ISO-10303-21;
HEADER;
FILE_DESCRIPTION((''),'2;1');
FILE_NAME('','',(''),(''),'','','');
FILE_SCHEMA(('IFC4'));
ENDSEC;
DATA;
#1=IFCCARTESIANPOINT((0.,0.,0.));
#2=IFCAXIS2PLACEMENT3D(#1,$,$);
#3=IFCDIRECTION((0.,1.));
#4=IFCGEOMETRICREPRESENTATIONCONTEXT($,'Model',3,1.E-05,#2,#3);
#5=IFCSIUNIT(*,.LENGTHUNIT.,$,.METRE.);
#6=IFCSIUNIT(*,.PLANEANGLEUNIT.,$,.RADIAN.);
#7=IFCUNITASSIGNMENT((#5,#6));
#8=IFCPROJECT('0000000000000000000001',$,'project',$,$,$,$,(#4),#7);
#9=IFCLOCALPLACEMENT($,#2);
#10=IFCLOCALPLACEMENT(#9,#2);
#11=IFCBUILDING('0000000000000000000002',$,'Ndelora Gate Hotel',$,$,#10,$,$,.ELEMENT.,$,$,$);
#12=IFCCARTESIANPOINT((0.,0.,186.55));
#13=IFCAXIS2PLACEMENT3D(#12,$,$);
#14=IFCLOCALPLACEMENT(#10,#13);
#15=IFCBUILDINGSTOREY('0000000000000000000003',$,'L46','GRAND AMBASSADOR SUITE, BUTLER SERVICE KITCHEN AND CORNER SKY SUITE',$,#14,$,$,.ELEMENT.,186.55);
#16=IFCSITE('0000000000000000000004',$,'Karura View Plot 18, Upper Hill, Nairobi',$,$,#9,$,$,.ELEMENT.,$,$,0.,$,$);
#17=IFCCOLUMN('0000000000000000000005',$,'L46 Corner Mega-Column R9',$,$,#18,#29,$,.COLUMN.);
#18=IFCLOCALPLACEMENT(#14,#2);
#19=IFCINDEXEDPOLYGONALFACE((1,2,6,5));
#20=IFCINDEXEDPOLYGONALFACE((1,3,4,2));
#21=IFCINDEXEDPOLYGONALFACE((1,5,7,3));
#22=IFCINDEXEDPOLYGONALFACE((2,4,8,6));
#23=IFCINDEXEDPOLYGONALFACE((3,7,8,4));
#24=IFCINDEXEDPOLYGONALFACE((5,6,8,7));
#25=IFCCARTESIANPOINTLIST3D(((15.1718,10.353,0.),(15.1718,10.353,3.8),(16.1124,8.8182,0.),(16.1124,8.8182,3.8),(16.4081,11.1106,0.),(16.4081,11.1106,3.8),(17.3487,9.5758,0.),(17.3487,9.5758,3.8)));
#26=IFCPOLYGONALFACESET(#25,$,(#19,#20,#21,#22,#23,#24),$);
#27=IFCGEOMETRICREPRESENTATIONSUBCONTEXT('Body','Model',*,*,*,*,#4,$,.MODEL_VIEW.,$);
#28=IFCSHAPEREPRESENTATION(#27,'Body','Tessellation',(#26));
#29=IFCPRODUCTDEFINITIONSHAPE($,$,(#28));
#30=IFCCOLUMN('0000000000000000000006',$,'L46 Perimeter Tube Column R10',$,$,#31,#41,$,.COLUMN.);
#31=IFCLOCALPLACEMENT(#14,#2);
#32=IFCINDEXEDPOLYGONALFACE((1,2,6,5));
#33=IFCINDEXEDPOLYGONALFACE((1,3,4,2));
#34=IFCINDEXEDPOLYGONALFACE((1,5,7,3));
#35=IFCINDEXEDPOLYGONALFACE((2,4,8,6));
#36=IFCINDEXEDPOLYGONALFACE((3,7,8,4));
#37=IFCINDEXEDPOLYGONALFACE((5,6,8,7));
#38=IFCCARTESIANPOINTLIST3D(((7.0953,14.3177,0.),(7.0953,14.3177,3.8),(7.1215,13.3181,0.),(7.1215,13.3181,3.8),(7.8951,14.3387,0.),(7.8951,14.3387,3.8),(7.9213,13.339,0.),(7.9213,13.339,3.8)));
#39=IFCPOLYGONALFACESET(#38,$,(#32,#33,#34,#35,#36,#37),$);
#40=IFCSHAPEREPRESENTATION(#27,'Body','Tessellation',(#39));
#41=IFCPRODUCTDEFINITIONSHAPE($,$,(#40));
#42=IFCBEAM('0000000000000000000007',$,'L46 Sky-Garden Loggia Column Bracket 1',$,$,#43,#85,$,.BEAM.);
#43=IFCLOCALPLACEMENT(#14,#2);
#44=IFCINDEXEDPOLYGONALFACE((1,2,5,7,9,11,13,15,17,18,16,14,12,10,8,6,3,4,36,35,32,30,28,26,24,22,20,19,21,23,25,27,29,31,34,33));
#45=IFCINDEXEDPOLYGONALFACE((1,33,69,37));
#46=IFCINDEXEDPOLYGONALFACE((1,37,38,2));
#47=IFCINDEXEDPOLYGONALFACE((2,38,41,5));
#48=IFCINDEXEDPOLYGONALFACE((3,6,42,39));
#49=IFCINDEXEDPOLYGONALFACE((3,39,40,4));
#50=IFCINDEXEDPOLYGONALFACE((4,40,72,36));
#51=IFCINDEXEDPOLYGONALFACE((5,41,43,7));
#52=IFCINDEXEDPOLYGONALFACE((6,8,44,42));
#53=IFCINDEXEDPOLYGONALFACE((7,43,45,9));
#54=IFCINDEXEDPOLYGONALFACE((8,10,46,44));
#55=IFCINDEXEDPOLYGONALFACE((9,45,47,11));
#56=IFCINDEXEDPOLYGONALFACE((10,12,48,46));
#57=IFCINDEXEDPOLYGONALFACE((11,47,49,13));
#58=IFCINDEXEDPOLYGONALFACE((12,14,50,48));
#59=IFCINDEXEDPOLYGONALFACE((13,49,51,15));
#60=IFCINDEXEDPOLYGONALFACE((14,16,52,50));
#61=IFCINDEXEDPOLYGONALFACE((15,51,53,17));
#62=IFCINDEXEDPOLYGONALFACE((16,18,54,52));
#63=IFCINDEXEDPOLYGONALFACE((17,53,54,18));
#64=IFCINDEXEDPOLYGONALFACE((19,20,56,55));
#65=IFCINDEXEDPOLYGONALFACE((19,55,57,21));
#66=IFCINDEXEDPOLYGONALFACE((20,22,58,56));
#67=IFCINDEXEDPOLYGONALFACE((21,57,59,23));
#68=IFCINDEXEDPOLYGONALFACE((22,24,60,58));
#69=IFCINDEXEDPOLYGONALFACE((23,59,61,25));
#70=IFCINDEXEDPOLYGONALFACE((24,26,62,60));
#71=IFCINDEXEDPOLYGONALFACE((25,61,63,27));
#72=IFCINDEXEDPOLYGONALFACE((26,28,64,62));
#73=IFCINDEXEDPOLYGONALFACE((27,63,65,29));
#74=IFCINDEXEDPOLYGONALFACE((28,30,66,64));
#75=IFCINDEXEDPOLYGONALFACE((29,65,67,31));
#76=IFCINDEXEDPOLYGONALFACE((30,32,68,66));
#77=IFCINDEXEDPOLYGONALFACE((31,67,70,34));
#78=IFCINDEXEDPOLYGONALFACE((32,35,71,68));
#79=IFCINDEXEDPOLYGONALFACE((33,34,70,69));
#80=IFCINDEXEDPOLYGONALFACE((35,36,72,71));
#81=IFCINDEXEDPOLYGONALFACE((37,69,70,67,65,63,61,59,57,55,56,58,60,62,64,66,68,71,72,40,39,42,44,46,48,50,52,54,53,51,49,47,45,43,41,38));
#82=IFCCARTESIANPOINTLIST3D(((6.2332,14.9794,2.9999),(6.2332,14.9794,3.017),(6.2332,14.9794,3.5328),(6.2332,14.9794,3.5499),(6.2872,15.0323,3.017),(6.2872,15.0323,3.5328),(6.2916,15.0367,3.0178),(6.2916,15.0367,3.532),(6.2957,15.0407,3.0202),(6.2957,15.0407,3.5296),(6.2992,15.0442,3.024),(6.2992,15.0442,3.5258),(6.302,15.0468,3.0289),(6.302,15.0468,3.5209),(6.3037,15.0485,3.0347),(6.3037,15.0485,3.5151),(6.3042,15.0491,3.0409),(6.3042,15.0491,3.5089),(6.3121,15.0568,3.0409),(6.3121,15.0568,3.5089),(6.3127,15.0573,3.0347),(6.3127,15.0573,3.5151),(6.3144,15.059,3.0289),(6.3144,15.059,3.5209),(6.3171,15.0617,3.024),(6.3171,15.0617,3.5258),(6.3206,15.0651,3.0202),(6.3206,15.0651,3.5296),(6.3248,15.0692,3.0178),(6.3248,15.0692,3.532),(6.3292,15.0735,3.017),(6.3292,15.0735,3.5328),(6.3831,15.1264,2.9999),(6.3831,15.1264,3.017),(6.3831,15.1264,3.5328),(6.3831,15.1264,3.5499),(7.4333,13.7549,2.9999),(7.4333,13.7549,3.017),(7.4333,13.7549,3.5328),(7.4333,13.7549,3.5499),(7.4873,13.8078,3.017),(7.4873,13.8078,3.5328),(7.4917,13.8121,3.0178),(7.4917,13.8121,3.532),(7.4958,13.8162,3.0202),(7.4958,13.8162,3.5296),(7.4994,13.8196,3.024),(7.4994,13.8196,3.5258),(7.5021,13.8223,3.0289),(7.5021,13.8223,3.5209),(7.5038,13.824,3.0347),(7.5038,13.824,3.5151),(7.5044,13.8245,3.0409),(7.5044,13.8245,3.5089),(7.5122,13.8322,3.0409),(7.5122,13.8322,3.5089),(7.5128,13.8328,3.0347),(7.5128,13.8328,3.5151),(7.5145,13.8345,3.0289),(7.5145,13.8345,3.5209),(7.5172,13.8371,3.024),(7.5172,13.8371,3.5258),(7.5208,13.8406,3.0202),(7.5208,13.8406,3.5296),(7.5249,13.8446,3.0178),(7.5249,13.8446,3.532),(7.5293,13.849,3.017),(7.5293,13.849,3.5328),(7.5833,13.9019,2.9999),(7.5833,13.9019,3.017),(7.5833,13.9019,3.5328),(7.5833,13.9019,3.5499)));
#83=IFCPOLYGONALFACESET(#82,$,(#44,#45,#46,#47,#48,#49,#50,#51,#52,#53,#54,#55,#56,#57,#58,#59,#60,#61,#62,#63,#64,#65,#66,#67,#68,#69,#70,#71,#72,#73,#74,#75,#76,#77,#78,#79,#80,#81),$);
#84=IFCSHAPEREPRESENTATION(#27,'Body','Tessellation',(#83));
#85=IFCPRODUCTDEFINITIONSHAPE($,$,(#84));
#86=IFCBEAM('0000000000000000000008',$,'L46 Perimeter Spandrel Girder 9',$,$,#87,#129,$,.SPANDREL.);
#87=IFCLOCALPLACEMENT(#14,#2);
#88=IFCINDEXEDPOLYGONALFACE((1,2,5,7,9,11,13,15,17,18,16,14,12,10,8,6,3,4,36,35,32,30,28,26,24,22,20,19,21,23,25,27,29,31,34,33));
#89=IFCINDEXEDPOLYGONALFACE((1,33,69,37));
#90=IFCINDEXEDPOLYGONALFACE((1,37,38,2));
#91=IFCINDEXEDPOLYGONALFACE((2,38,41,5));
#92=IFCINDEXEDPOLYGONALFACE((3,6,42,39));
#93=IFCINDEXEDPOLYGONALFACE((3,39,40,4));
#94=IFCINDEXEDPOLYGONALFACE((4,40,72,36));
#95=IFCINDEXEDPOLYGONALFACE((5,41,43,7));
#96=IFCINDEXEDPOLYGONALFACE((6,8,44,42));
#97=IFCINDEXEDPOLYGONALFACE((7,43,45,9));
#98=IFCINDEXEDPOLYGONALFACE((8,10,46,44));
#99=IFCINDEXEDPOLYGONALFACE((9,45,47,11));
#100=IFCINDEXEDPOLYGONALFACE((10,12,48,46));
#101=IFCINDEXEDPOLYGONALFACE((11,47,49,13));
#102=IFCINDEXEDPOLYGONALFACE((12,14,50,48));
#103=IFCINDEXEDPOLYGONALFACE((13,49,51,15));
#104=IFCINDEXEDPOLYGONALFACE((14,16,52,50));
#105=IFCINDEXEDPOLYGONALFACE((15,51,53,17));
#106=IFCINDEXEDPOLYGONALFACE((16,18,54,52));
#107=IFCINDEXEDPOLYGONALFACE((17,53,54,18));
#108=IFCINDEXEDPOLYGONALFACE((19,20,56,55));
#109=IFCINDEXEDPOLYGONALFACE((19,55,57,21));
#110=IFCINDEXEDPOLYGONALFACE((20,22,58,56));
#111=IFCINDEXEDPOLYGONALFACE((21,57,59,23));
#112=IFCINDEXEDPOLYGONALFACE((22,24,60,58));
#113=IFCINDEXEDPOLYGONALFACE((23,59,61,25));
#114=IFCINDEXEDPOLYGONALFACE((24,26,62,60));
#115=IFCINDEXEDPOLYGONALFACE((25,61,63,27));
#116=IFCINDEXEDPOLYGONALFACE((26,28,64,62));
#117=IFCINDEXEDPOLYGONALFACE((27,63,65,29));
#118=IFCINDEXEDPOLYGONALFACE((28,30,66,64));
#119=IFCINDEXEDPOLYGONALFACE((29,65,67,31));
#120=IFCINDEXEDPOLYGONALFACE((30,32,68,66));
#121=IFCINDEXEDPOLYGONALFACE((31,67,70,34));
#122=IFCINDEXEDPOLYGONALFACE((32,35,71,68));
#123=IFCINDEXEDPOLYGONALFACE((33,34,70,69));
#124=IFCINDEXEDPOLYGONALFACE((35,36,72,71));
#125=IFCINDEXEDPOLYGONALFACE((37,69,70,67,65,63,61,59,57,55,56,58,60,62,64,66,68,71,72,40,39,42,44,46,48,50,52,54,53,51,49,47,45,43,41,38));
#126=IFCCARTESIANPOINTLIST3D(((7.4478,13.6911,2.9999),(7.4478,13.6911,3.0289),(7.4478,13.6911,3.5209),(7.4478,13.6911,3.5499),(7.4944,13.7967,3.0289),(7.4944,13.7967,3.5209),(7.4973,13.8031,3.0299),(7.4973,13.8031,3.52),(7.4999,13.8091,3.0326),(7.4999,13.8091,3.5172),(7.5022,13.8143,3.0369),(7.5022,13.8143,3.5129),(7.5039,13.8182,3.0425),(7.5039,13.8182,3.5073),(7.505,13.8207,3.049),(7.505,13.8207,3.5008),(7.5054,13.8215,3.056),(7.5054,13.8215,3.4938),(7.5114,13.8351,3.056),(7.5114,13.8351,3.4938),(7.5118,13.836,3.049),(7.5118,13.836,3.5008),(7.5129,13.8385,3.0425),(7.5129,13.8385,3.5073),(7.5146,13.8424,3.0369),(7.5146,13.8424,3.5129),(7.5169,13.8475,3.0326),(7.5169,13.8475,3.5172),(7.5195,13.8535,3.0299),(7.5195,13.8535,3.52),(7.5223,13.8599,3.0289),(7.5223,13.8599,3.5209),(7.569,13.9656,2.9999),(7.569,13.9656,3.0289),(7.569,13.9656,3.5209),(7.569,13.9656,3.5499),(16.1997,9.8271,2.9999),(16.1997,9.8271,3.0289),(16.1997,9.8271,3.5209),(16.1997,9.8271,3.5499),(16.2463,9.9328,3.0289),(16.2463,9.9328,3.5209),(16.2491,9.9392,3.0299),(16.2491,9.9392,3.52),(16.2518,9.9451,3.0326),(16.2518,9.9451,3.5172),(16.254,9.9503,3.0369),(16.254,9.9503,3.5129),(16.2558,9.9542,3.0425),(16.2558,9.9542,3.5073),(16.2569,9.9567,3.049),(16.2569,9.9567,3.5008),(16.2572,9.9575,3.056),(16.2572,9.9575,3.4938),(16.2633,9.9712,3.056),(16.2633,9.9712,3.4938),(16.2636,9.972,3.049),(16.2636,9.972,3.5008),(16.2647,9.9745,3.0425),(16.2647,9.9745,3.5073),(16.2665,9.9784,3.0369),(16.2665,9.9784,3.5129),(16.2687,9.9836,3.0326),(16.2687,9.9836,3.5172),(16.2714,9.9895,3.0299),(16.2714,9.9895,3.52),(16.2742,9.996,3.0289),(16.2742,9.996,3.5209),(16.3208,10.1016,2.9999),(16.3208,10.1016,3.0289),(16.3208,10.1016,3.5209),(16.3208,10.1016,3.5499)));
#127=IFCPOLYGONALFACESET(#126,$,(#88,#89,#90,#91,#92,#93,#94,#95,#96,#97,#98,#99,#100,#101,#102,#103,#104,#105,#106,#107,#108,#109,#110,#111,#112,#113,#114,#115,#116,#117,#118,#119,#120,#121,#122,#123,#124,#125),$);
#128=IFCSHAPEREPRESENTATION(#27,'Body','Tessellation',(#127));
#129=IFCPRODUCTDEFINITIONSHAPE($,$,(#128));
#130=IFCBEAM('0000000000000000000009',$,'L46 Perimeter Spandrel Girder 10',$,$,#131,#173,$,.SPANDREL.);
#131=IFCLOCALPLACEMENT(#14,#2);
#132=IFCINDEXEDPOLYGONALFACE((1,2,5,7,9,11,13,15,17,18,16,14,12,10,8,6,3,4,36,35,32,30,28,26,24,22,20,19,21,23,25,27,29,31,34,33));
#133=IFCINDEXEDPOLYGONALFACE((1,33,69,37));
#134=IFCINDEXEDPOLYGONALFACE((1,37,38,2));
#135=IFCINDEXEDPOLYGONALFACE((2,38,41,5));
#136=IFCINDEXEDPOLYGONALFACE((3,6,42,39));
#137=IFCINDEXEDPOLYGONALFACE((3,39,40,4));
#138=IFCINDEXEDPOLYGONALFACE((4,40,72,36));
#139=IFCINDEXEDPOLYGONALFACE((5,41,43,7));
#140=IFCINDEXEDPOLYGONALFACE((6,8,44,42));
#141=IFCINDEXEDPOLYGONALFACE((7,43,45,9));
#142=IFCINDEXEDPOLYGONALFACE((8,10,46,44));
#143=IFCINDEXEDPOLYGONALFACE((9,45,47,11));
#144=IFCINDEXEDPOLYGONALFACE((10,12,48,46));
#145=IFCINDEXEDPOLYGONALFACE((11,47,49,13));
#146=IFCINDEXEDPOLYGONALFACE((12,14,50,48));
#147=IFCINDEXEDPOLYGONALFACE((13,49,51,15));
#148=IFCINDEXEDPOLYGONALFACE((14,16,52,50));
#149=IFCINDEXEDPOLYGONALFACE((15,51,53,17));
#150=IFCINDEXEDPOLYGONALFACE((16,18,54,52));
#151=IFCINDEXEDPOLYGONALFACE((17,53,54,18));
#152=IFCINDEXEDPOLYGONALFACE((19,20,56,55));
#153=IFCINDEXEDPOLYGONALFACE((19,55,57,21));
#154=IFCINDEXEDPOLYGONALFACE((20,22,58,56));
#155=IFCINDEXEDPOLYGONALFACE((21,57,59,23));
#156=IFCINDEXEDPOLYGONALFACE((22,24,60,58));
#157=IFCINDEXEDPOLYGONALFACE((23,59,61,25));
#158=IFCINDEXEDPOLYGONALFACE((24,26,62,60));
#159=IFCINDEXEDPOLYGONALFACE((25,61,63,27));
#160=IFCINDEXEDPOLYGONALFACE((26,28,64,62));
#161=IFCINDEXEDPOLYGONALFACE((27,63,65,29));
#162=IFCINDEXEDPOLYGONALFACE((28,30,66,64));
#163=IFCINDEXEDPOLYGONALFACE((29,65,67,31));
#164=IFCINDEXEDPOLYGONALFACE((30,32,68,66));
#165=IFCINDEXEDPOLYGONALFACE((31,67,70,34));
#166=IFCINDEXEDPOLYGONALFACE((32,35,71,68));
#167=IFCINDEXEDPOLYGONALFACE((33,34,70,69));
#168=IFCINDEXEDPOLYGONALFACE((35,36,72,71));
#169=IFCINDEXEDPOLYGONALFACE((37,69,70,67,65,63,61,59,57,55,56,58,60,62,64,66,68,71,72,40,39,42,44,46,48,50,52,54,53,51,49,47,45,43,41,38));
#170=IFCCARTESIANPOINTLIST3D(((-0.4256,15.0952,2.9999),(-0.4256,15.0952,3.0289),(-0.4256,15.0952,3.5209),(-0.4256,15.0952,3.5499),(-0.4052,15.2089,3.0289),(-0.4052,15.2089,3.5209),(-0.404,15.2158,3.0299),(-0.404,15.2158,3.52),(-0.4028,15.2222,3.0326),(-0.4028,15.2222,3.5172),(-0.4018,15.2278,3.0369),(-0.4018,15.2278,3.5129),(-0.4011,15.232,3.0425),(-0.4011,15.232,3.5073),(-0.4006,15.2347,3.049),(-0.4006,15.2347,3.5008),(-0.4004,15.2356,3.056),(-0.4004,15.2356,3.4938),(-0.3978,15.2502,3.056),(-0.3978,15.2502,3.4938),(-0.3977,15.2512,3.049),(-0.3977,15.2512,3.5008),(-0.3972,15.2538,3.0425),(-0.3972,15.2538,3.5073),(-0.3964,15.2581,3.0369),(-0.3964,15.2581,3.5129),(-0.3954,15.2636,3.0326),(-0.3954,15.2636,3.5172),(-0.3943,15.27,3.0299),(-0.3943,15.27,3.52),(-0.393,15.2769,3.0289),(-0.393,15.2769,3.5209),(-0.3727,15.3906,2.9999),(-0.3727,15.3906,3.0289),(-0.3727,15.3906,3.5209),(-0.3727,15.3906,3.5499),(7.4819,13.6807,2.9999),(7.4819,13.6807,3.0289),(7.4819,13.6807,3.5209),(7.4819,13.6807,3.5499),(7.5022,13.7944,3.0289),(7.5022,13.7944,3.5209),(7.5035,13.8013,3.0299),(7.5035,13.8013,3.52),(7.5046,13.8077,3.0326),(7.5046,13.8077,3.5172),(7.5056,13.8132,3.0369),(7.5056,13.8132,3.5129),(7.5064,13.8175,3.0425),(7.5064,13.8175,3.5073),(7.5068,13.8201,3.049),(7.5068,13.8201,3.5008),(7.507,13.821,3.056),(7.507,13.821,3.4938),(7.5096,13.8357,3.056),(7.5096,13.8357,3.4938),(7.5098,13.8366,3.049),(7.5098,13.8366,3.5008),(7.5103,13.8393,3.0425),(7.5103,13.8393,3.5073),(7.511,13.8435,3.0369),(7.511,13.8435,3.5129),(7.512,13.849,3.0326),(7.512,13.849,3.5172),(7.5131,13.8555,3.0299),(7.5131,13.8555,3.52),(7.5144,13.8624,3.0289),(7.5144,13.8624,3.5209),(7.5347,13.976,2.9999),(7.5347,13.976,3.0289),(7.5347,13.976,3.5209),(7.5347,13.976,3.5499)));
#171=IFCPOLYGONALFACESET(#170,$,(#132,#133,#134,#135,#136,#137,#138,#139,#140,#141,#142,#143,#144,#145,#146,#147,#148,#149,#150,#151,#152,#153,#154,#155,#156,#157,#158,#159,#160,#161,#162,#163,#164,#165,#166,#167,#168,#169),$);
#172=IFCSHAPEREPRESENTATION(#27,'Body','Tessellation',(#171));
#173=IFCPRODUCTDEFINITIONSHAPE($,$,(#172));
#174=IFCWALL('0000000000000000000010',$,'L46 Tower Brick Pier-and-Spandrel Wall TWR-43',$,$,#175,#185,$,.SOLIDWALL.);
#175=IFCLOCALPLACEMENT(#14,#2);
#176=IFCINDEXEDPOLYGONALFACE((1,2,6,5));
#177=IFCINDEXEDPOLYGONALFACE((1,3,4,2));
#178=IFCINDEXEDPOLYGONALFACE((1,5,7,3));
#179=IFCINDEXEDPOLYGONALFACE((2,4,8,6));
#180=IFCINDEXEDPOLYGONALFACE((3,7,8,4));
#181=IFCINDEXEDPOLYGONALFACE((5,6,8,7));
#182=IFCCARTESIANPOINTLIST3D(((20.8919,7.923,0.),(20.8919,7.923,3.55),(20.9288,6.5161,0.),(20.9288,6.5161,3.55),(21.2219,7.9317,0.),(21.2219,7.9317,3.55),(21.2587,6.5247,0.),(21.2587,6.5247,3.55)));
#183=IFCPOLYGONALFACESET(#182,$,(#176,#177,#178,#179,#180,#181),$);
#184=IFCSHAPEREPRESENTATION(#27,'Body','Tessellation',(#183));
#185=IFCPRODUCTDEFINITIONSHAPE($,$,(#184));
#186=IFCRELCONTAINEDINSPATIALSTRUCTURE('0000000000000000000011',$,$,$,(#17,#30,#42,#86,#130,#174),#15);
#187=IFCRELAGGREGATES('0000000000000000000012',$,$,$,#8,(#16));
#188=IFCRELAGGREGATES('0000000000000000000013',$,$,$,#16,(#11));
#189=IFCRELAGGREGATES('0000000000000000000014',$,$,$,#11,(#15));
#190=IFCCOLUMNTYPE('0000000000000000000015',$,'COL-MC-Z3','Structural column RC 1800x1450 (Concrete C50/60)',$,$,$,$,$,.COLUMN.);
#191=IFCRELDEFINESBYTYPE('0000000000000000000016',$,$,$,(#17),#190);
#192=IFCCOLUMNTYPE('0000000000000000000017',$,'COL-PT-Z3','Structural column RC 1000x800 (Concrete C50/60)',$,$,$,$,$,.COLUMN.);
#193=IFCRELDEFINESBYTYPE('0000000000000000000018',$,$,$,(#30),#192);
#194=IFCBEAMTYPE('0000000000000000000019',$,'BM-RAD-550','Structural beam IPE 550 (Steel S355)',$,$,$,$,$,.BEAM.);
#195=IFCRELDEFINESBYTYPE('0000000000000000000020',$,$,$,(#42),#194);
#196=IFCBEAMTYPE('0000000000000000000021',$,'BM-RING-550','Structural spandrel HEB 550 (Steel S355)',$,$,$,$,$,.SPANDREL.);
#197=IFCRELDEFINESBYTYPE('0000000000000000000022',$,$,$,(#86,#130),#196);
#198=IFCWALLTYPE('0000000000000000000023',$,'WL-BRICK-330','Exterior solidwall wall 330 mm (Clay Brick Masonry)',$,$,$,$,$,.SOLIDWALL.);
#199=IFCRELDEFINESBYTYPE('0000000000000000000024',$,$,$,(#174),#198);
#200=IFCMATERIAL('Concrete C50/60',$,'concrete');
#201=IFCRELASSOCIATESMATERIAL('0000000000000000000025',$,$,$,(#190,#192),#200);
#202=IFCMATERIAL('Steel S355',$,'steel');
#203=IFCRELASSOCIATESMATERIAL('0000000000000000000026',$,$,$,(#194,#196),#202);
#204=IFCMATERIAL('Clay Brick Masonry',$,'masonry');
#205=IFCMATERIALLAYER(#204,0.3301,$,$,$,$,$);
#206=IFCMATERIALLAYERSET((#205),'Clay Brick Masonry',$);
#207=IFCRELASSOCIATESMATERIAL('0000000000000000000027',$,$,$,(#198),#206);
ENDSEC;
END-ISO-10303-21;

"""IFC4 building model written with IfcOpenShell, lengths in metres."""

from ifc_helpers import new_model, si_unit, direction, frame, frame_2d, origin, origin_2d, place, context, subcontext, project, spatial, rectangle, i_section, extrude, material, layer, layer_set, material_profile, profile_set, type_object, element, save


model = new_model("IFC4")

# Units and contexts
model_context = context("Model", 3, precision=1e-05, world=origin(), true_north=direction((0.0, 1.0)))
body_context = subcontext(model_context, "Body", "Model", "MODEL_VIEW")
ifc_project = project(units=[si_unit("LENGTHUNIT", "METRE"), si_unit("PLANEANGLEUNIT", "RADIAN")], contexts=[model_context])

# Site, building, storey
site_placement = place(None, origin())
site = spatial("IfcSite", under=ifc_project, at=site_placement, Name="Karura View Plot 18, Upper Hill, Nairobi", CompositionType="ELEMENT", RefElevation=0.0)
building_placement = place(site_placement, origin())
building = spatial("IfcBuilding", under=site, at=building_placement, Name="Ndelora Gate Hotel", CompositionType="ELEMENT")
storey_placement = place(building_placement, frame((0.0, 0.0, 186.55)))
storey = spatial("IfcBuildingStorey", under=building, at=storey_placement, Name="L46", Description="GRAND AMBASSADOR SUITE, BUTLER SERVICE KITCHEN AND CORNER SKY SUITE", CompositionType="ELEMENT", Elevation=186.55)

# Columns
ifc_material_1 = material(Name="Concrete C50/60", Category="concrete")
ifc_material_profile_1 = material_profile(ifc_material_1, rectangle(XDim=1.45, YDim=1.8, at=origin_2d()), Name="RC 1800x1450")
ifc_profile_set_1 = profile_set([ifc_material_profile_1], Name="Concrete C50/60")
column_type_1 = type_object("IfcColumnType", Name="COL-MC-Z3", Description="Structural column RC 1800x1450 (Concrete C50/60)", PredefinedType="COLUMN", material=ifc_profile_set_1)
column_1_placement = place(storey_placement, frame((16.2603, 9.9644, 0.0), z_axis=(0.0, 0.0, 1.0), x_axis=(0.85264, 0.522499, 0.0)))
element("IfcColumn", 1, at=column_1_placement, inside=storey, type_object=column_type_1, Name="L46 Corner Mega-Column R9", PredefinedType="COLUMN", context=body_context, shape_type="SweptSolid", body=[
    extrude(rectangle(XDim=1.45, YDim=1.8, at=origin_2d()), origin(), (0.0, 0.0, 1.0), 3.8),
])
ifc_material_profile_2 = material_profile(ifc_material_1, rectangle(XDim=0.8, YDim=1.0, at=origin_2d()), Name="RC 1000x800")
ifc_profile_set_2 = profile_set([ifc_material_profile_2], Name="Concrete C50/60")
column_type_2 = type_object("IfcColumnType", Name="COL-PT-Z3", Description="Structural column RC 1000x800 (Concrete C50/60)", PredefinedType="COLUMN", material=ifc_profile_set_2)
column_2_placement = place(storey_placement, frame((7.5083, 13.8284, 0.0), z_axis=(0.0, 0.0, 1.0), x_axis=(0.999657, 0.026177, 0.0)))
element("IfcColumn", 2, at=column_2_placement, inside=storey, type_object=column_type_2, Name="L46 Perimeter Tube Column R10", PredefinedType="COLUMN", context=body_context, shape_type="SweptSolid", body=[
    extrude(rectangle(XDim=0.8, YDim=1.0, at=origin_2d()), origin(), (0.0, 0.0, 1.0), 3.8),
])

# Beams
ifc_material_2 = material(Name="Steel S355", Category="steel")
ifc_material_profile_3 = material_profile(ifc_material_2, i_section(OverallWidth=0.21, OverallDepth=0.55, WebThickness=0.011, FlangeThickness=0.0171, FilletRadius=0.0239, at=origin_2d()), Name="IPE 550")
ifc_profile_set_3 = profile_set([ifc_material_profile_3], Name="Steel S355")
beam_type_1 = type_object("IfcBeamType", Name="BM-RAD-550", Description="Structural beam IPE 550 (Steel S355)", PredefinedType="BEAM", material=ifc_profile_set_3)
beam_1_placement = place(storey_placement, frame((7.5083, 13.8284, 3.2749), z_axis=(-0.699952, 0.71419, 0.0), x_axis=(-0.71419, -0.699952, 0.0)))
element("IfcBeam", 3, at=beam_1_placement, inside=storey, type_object=beam_type_1, Name="L46 Sky-Garden Loggia Column Bracket 1", PredefinedType="BEAM", context=body_context, shape_type="SweptSolid", body=[
    extrude(i_section(OverallWidth=0.21, OverallDepth=0.55, WebThickness=0.011, FlangeThickness=0.0171, FilletRadius=0.0239, at=origin_2d()), origin(), (0.0, 0.0, 1.0), 1.7146),
])
ifc_material_profile_4 = material_profile(ifc_material_2, i_section(OverallWidth=0.3, OverallDepth=0.55, WebThickness=0.0149, FlangeThickness=0.0291, FilletRadius=0.0271, at=origin_2d()), Name="HEB 550")
ifc_profile_set_4 = profile_set([ifc_material_profile_4], Name="Steel S355")
beam_type_2 = type_object("IfcBeamType", Name="BM-RING-550", Description="Structural spandrel HEB 550 (Steel S355)", PredefinedType="SPANDREL", material=ifc_profile_set_4)
beam_2_placement = place(storey_placement, frame((16.2603, 9.9644, 3.2749), z_axis=(-0.914807, 0.40389, 0.0), x_axis=(-0.40389, -0.914807, 0.0)))
element("IfcBeam", 4, at=beam_2_placement, inside=storey, type_object=beam_type_2, Name="L46 Perimeter Spandrel Girder 9", PredefinedType="SPANDREL", context=body_context, shape_type="SweptSolid", body=[
    extrude(i_section(OverallWidth=0.3, OverallDepth=0.55, WebThickness=0.0149, FlangeThickness=0.0291, FilletRadius=0.0271, at=origin_2d()), origin(), (0.0, 0.0, 1.0), 9.5669),
])
beam_3_placement = place(storey_placement, frame((7.5083, 13.8284, 3.2749), z_axis=(-0.984374, 0.176093, 0.0), x_axis=(-0.176093, -0.984374, 0.0)))
element("IfcBeam", 5, at=beam_3_placement, inside=storey, type_object=beam_type_2, Name="L46 Perimeter Spandrel Girder 10", PredefinedType="SPANDREL", context=body_context, shape_type="SweptSolid", body=[
    extrude(i_section(OverallWidth=0.3, OverallDepth=0.55, WebThickness=0.0149, FlangeThickness=0.0291, FilletRadius=0.0271, at=origin_2d()), origin(), (0.0, 0.0, 1.0), 8.033),
])

# Wall
ifc_material_3 = material(Name="Clay Brick Masonry", Category="masonry")
ifc_layer_1 = layer(ifc_material_3, 0.3301)
ifc_layer_set_1 = layer_set([ifc_layer_1], Name="Clay Brick Masonry")
wall_type_1 = type_object("IfcWallType", Name="WL-BRICK-330", Description="Exterior solidwall wall 330 mm (Clay Brick Masonry)", PredefinedType="SOLIDWALL", material=ifc_layer_set_1)
wall_1_placement = place(storey_placement, frame((21.0569, 7.9272, 0.0), z_axis=(0.0, 0.0, 1.0), x_axis=(0.026193, -0.999657, 0.0)))
element("IfcWall", 6, at=wall_1_placement, inside=storey, type_object=wall_type_1, Name="L46 Tower Brick Pier-and-Spandrel Wall TWR-43", PredefinedType="SOLIDWALL", context=body_context, shape_type="SweptSolid", body=[
    extrude(rectangle(XDim=1.4075, YDim=0.3301, at=frame_2d((0.7036, 0.0))), origin(), (0.0, 0.0, 1.0), 3.55),
])

save(model, "model.ifc")
